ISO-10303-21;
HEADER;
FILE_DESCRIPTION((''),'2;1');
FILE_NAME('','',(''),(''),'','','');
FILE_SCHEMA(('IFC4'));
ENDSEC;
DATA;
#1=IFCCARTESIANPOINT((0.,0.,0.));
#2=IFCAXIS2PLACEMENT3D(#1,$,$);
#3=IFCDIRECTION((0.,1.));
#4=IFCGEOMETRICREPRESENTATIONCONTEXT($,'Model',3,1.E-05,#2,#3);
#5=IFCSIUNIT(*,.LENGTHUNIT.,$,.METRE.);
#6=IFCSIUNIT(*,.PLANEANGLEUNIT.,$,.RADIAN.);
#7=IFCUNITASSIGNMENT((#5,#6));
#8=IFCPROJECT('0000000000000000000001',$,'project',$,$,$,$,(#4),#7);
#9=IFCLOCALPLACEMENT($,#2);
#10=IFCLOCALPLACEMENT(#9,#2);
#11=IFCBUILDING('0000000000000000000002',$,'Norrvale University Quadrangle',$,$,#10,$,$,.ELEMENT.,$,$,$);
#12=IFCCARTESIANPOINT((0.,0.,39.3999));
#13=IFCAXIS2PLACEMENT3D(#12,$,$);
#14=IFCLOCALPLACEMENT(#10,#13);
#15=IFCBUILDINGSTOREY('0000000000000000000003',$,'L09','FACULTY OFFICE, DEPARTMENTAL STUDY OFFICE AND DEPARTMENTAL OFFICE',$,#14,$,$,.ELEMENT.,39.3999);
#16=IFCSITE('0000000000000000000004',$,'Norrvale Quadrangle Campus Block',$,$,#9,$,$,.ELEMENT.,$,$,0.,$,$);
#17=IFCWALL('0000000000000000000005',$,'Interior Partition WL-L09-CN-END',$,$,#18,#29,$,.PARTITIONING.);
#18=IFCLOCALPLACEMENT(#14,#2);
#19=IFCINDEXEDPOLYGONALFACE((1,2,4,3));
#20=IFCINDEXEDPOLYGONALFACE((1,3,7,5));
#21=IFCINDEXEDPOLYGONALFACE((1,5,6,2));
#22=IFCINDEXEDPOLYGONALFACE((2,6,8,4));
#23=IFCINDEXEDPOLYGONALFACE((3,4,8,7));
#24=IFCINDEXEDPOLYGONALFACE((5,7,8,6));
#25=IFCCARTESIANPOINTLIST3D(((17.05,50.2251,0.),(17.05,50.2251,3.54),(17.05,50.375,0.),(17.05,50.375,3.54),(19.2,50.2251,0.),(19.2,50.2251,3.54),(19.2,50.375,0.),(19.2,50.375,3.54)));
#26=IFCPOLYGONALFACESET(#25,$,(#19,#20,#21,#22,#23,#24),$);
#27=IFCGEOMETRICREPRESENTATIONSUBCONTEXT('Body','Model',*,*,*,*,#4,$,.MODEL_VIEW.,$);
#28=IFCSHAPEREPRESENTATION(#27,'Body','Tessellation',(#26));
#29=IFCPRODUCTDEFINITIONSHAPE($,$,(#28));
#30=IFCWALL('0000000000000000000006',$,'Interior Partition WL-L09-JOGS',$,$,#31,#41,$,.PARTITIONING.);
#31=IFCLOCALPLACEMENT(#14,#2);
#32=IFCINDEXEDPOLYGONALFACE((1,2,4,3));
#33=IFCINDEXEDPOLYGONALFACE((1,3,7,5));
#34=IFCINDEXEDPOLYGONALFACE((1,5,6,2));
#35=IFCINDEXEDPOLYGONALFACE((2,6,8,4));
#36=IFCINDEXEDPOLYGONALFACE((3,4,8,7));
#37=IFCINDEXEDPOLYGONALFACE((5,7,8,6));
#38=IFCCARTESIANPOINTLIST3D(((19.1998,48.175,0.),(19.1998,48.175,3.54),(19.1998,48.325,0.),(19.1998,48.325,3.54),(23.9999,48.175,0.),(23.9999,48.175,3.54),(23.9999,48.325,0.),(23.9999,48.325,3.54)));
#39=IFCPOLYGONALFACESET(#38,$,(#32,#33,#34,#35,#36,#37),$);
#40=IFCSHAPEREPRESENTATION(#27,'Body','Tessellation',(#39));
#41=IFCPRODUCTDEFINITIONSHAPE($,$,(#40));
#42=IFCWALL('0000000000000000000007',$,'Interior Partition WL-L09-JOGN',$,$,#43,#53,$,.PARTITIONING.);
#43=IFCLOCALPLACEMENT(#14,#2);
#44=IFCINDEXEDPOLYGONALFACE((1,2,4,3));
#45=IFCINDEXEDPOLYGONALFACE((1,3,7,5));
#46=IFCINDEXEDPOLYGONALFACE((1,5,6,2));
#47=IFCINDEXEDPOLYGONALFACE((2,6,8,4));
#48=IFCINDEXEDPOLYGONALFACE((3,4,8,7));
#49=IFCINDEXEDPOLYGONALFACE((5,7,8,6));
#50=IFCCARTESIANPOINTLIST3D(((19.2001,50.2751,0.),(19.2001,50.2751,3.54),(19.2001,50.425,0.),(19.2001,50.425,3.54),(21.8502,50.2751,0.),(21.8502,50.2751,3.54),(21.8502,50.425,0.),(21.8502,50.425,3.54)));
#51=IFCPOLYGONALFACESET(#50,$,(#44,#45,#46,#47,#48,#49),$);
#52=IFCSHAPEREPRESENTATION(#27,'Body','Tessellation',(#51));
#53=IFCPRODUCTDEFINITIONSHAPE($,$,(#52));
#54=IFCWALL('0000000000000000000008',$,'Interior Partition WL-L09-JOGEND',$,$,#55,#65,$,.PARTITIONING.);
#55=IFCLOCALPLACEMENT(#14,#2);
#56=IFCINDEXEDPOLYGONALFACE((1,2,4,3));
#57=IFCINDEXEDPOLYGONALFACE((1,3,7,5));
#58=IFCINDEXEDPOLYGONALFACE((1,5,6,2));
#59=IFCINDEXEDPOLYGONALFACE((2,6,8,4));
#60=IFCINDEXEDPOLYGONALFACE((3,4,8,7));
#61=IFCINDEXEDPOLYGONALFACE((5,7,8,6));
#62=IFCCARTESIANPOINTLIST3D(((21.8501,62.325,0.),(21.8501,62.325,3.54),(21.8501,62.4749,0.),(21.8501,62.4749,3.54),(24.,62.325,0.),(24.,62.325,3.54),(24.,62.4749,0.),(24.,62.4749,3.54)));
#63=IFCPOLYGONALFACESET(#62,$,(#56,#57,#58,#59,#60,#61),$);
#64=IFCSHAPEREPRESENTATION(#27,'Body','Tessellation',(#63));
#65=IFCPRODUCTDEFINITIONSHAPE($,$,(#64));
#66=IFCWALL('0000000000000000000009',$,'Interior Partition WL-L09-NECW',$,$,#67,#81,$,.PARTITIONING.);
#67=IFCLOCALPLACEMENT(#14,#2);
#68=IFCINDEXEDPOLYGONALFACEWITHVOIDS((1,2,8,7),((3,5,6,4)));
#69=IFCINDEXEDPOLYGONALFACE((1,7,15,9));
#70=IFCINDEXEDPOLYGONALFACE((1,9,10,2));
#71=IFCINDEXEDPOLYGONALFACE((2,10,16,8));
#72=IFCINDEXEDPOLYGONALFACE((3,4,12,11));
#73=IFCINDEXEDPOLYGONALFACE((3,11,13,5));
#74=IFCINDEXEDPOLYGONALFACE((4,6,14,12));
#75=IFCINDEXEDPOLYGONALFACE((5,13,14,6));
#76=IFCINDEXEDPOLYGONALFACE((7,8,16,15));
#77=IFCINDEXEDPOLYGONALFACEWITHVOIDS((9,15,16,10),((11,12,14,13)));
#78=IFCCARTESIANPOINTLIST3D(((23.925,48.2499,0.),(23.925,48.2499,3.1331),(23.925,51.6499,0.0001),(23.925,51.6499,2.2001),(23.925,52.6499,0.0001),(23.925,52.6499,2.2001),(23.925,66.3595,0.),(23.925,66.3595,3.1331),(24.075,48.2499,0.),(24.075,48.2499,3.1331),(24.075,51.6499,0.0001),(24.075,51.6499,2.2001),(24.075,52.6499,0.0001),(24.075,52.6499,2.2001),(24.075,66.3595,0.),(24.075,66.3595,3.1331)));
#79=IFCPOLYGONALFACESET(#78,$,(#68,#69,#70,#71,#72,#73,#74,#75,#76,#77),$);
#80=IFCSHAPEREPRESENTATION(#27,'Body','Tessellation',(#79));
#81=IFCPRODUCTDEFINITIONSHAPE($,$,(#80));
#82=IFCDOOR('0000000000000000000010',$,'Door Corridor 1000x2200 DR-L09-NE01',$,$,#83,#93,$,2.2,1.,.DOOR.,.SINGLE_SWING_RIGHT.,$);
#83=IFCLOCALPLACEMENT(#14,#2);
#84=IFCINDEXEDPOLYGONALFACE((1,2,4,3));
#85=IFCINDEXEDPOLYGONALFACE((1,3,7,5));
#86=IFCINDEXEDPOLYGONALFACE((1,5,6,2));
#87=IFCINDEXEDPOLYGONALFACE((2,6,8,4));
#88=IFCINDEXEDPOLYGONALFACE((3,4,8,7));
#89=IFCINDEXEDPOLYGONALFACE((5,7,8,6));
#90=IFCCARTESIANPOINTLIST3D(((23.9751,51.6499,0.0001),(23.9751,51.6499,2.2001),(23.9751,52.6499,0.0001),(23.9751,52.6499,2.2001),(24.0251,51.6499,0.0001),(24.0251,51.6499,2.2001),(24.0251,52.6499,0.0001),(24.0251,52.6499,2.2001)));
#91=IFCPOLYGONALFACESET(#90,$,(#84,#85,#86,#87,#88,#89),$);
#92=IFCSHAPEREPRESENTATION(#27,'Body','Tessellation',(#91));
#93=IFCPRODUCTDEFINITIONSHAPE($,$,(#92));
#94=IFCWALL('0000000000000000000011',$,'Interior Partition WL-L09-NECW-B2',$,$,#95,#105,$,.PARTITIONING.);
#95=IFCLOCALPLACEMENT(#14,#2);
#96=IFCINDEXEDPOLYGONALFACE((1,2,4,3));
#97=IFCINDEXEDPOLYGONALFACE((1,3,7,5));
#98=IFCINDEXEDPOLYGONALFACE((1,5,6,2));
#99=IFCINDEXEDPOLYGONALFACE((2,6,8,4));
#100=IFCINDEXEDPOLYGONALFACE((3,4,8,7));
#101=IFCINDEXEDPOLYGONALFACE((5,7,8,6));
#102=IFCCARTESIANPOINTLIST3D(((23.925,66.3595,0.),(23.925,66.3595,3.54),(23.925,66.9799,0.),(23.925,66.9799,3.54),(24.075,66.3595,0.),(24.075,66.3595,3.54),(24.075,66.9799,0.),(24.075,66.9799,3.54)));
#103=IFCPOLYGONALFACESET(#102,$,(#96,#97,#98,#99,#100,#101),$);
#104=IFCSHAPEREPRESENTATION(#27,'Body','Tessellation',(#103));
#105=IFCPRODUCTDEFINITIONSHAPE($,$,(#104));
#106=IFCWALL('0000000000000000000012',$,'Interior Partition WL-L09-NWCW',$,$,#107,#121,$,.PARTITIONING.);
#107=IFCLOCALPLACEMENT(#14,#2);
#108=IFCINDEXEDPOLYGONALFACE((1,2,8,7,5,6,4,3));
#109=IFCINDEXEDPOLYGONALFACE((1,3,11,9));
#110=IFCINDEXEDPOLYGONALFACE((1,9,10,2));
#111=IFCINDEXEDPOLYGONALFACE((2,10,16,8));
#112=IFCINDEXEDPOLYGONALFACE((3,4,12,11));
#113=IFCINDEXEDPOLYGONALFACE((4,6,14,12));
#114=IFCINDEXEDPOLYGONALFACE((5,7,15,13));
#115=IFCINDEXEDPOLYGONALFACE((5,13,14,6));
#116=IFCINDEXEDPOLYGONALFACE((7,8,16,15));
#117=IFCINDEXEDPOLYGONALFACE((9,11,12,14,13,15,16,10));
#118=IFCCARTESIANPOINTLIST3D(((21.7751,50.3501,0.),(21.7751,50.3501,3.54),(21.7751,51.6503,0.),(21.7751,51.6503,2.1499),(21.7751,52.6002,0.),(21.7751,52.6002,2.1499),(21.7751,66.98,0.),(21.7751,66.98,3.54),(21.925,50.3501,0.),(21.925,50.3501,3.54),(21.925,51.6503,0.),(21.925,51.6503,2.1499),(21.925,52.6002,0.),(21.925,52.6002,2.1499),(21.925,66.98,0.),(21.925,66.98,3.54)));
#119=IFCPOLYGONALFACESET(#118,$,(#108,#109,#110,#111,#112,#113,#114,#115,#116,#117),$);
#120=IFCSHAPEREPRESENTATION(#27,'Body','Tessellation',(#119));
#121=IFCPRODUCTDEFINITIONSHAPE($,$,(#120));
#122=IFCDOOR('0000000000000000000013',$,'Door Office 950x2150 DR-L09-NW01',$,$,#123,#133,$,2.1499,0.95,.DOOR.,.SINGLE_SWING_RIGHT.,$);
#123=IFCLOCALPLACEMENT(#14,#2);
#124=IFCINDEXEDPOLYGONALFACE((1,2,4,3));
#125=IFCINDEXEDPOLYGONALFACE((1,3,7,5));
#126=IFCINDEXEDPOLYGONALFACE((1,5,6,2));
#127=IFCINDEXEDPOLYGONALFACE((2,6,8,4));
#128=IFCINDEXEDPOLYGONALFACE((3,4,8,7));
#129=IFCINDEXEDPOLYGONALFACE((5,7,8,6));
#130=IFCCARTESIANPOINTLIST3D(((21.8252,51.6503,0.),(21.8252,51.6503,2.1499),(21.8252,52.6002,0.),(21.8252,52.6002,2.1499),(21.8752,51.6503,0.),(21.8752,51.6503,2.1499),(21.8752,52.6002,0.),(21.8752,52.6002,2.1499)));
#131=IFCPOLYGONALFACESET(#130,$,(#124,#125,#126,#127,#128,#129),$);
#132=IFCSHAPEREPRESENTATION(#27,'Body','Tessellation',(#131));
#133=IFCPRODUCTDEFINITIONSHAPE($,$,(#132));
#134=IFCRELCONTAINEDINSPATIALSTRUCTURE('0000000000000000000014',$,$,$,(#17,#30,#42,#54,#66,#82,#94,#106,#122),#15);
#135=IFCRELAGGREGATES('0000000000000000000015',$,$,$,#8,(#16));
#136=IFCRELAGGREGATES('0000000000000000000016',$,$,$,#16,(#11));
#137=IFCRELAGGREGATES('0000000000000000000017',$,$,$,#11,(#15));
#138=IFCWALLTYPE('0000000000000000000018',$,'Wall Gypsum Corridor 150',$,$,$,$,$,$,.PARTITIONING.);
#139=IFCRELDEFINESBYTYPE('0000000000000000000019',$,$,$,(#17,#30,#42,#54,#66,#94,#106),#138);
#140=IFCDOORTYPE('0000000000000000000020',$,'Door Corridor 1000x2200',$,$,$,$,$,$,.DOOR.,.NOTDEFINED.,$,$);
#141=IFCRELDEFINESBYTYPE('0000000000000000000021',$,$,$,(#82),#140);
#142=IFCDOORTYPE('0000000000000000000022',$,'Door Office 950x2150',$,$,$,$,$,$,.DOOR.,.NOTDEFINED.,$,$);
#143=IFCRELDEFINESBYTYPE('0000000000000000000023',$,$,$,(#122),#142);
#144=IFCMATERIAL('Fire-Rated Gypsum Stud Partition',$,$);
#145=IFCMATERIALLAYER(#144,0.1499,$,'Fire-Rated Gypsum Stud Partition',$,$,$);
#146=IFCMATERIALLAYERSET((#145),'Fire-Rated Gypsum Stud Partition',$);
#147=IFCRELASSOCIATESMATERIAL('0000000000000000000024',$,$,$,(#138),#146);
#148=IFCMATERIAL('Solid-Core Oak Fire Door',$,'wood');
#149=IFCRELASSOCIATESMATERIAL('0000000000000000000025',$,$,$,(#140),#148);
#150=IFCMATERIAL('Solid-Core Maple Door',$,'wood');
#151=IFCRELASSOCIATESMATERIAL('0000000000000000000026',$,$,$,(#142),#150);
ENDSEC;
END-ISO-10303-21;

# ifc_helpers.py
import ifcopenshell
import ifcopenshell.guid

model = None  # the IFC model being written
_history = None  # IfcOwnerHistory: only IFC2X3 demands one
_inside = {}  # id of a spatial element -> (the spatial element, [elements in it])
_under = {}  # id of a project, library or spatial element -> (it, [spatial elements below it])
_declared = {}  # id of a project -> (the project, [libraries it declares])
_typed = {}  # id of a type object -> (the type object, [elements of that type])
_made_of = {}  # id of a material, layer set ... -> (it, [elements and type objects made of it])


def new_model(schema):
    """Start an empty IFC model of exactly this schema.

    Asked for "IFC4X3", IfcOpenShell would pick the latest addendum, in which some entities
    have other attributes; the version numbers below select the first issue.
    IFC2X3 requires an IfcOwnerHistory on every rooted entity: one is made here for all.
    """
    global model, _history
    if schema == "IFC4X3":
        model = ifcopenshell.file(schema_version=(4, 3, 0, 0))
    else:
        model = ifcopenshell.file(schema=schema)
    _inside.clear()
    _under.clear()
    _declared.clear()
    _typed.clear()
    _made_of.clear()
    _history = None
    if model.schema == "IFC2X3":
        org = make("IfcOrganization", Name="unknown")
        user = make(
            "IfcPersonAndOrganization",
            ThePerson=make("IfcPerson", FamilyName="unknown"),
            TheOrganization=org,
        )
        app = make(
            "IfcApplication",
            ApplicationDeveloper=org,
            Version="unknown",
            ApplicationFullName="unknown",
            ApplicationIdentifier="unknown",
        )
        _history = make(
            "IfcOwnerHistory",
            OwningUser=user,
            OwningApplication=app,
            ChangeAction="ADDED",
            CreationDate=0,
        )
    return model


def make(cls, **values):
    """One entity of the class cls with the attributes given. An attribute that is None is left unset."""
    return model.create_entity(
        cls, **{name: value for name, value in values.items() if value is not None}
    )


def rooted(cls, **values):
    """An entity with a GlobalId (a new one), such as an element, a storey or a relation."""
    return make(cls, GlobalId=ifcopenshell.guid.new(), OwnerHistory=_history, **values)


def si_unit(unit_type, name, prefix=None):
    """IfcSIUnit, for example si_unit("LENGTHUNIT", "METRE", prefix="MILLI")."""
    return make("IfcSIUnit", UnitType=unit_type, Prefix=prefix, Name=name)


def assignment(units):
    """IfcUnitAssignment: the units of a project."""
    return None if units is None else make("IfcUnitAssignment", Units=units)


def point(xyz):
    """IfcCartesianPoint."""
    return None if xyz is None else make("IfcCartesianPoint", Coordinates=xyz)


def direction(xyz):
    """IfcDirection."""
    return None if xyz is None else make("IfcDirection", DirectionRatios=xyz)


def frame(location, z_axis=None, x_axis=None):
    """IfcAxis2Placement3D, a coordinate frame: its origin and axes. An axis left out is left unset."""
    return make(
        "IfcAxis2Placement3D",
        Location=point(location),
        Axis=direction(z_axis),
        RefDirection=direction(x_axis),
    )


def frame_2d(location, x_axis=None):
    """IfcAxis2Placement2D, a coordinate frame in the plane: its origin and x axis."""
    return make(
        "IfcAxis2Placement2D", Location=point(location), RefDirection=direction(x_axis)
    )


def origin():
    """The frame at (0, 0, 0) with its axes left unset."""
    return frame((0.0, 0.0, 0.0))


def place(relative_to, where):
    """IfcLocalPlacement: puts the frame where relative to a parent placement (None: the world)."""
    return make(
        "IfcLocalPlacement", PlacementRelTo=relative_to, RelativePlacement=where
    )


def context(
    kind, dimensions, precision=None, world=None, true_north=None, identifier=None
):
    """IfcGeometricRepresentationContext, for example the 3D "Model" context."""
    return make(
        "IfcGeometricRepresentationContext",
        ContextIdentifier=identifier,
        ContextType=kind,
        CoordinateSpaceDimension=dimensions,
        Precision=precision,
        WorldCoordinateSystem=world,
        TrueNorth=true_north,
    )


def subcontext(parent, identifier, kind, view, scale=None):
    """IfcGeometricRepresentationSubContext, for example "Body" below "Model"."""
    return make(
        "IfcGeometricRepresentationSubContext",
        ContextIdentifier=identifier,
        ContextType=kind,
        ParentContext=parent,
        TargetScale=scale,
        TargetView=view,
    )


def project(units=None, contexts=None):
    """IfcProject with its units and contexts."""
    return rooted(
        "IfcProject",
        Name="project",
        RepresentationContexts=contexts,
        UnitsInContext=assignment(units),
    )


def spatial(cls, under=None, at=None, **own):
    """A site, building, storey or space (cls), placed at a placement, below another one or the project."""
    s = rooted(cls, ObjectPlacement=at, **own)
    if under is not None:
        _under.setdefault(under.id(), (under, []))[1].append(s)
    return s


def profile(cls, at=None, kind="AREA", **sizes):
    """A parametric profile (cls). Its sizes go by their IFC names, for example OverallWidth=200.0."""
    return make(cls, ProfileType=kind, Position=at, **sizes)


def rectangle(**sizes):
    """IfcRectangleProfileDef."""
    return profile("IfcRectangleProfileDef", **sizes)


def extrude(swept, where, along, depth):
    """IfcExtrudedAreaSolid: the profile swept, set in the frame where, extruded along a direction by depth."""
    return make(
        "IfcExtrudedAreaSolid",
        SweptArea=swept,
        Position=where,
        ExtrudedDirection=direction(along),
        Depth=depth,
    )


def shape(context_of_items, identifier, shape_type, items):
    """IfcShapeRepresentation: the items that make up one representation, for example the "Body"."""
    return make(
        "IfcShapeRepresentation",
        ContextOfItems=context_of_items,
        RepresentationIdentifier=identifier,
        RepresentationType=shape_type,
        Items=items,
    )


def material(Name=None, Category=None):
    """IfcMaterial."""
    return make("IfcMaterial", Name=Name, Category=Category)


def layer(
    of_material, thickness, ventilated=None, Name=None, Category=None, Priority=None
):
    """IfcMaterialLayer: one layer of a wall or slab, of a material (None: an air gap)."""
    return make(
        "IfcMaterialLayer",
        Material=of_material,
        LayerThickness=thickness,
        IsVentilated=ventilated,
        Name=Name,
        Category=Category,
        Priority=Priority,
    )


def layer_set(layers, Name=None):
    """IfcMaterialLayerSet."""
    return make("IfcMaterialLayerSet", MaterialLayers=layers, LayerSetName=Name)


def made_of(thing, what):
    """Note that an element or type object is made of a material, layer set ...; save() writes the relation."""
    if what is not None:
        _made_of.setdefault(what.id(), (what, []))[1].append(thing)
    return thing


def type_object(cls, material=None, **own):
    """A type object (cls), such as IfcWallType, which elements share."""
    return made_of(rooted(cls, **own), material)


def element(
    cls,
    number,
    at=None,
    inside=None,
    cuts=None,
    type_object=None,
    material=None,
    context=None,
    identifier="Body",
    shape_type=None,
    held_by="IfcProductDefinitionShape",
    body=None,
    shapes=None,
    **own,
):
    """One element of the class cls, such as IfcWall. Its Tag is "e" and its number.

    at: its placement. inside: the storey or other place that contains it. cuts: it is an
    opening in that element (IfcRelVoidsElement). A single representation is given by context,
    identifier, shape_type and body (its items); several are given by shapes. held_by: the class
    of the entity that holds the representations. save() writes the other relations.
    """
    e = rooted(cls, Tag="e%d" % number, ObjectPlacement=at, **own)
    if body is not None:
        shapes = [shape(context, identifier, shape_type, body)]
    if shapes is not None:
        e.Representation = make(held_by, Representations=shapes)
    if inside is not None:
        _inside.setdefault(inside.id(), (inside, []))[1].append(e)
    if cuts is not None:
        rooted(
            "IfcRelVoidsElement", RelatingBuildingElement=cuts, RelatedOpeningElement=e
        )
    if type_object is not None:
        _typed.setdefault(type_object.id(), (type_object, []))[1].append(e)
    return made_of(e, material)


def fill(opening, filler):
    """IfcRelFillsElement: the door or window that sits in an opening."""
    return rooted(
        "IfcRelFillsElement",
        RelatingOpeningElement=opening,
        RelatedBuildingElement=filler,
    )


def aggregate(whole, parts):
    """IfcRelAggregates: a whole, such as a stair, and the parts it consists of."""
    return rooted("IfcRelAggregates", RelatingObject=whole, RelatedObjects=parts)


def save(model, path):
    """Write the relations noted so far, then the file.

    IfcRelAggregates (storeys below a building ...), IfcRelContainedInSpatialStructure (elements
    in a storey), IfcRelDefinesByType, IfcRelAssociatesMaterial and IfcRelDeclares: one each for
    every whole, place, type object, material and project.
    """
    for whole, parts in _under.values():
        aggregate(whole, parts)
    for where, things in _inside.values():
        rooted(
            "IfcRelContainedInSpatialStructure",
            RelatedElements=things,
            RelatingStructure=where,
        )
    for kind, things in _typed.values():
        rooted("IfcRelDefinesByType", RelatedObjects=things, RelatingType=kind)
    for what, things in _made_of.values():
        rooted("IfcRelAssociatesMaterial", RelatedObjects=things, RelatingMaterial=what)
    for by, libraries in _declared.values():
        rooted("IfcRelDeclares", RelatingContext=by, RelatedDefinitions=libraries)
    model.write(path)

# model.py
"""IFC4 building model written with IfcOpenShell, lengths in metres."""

from ifc_helpers import new_model, si_unit, direction, frame, frame_2d, origin, place, context, subcontext, project, spatial, rectangle, extrude, material, layer, layer_set, type_object, element, fill, save


model = new_model("IFC4")

# Units and contexts
model_context = context("Model", 3, precision=1e-05, world=origin(), true_north=direction((0.0, 1.0)))
body_context = subcontext(model_context, "Body", "Model", "MODEL_VIEW")
ifc_project = project(units=[si_unit("LENGTHUNIT", "METRE"), si_unit("PLANEANGLEUNIT", "RADIAN")], contexts=[model_context])

# Site, building, storey
site_placement = place(None, origin())
site = spatial("IfcSite", under=ifc_project, at=site_placement, Name="Norrvale Quadrangle Campus Block", CompositionType="ELEMENT", RefElevation=0.0)
building_placement = place(site_placement, origin())
building = spatial("IfcBuilding", under=site, at=building_placement, Name="Norrvale University Quadrangle", CompositionType="ELEMENT")
storey_placement = place(building_placement, frame((0.0, 0.0, 39.3999)))
storey = spatial("IfcBuildingStorey", under=building, at=storey_placement, Name="L09", Description="FACULTY OFFICE, DEPARTMENTAL STUDY OFFICE AND DEPARTMENTAL OFFICE", CompositionType="ELEMENT", Elevation=39.3999)

# Walls
ifc_material_1 = material(Name="Fire-Rated Gypsum Stud Partition")
ifc_layer = layer(ifc_material_1, 0.1499, Name="Fire-Rated Gypsum Stud Partition")
ifc_layer_set = layer_set([ifc_layer], Name="Fire-Rated Gypsum Stud Partition")
wall_type = type_object("IfcWallType", Name="Wall Gypsum Corridor 150", PredefinedType="PARTITIONING", material=ifc_layer_set)
wall_1_placement = place(storey_placement, frame((17.05, 50.3, 0.0), z_axis=(0.0, 0.0, 1.0), x_axis=(1.0, 0.0, 0.0)))
element("IfcWall", 1, at=wall_1_placement, inside=storey, type_object=wall_type, Name="Interior Partition WL-L09-CN-END", PredefinedType="PARTITIONING", context=body_context, shape_type="SweptSolid", body=[
    extrude(rectangle(XDim=2.1499, YDim=0.1499, at=frame_2d((1.075, 0.0))), origin(), (0.0, 0.0, 1.0), 3.54),
])
wall_2_placement = place(storey_placement, frame((19.2, 48.25, 0.0), z_axis=(0.0, 0.0, 1.0), x_axis=(1.0, 0.0, 0.0)))
element("IfcWall", 2, at=wall_2_placement, inside=storey, type_object=wall_type, Name="Interior Partition WL-L09-JOGS", PredefinedType="PARTITIONING", context=body_context, shape_type="SweptSolid", body=[
    extrude(rectangle(XDim=4.8, YDim=0.1499, at=frame_2d((2.3999, 0.0))), origin(), (0.0, 0.0, 1.0), 3.54),
])
wall_3_placement = place(storey_placement, frame((19.2, 50.3501, 0.0), z_axis=(0.0, 0.0, 1.0), x_axis=(1.0, 0.0, 0.0)))
element("IfcWall", 3, at=wall_3_placement, inside=storey, type_object=wall_type, Name="Interior Partition WL-L09-JOGN", PredefinedType="PARTITIONING", context=body_context, shape_type="SweptSolid", body=[
    extrude(rectangle(XDim=2.6501, YDim=0.1499, at=frame_2d((1.3252, 0.0))), origin(), (0.0, 0.0, 1.0), 3.54),
])
wall_4_placement = place(storey_placement, frame((21.8501, 62.3999, 0.0), z_axis=(0.0, 0.0, 1.0), x_axis=(1.0, 0.0, 0.0)))
element("IfcWall", 4, at=wall_4_placement, inside=storey, type_object=wall_type, Name="Interior Partition WL-L09-JOGEND", PredefinedType="PARTITIONING", context=body_context, shape_type="SweptSolid", body=[
    extrude(rectangle(XDim=2.1499, YDim=0.1499, at=frame_2d((1.075, 0.0))), origin(), (0.0, 0.0, 1.0), 3.54),
])

# Wall, opening, door
wall_5_placement = place(storey_placement, frame((24.0, 48.25, 0.0), z_axis=(0.0, 0.0, 1.0), x_axis=(0.0, 1.0, 0.0)))
wall_5 = element("IfcWall", 5, at=wall_5_placement, inside=storey, type_object=wall_type, Name="Interior Partition WL-L09-NECW", PredefinedType="PARTITIONING", context=body_context, shape_type="SweptSolid", body=[
    extrude(rectangle(XDim=18.1096, YDim=0.1499, at=frame_2d((9.0547, 0.0))), origin(), (0.0, 0.0, 1.0), 3.1331),
])
opening_1_placement = place(wall_5_placement, frame((3.3999, 0.0, 0.0)))
opening_1 = element("IfcOpeningElement", 6, at=opening_1_placement, cuts=wall_5, PredefinedType="OPENING", context=body_context, shape_type="SweptSolid", body=[
    extrude(rectangle(XDim=1.0, YDim=2.2, at=frame_2d((0.5, 1.1001))), frame((0.0, 0.0869, 0.0), z_axis=(0.0, -1.0, 0.0), x_axis=(1.0, 0.0, 0.0)), (0.0, 0.0, 1.0), 0.1738),
])
ifc_material_2 = material(Name="Solid-Core Oak Fire Door", Category="wood")
door_type_1 = type_object("IfcDoorType", Name="Door Corridor 1000x2200", OperationType="NOTDEFINED", PredefinedType="DOOR", material=ifc_material_2)
door_1_placement = place(opening_1_placement, origin())
door_1 = element("IfcDoor", 7, at=door_1_placement, inside=storey, type_object=door_type_1, Name="Door Corridor 1000x2200 DR-L09-NE01", OperationType="SINGLE_SWING_RIGHT", OverallHeight=2.2, OverallWidth=1.0, PredefinedType="DOOR", context=body_context, shape_type="SweptSolid", body=[
    extrude(rectangle(XDim=1.0, YDim=2.2, at=frame_2d((0.5, 1.1001))), frame((0.0, 0.0249, 0.0), z_axis=(0.0, -1.0, 0.0), x_axis=(1.0, 0.0, 0.0)), (0.0, 0.0, 1.0), 0.05),
])
fill(opening_1, door_1)

# Wall
wall_6_placement = place(storey_placement, frame((24.0, 66.3596, 0.0), z_axis=(0.0, 0.0, 1.0), x_axis=(0.0, 1.0, 0.0)))
element("IfcWall", 8, at=wall_6_placement, inside=storey, type_object=wall_type, Name="Interior Partition WL-L09-NECW-B2", PredefinedType="PARTITIONING", context=body_context, shape_type="SweptSolid", body=[
    extrude(rectangle(XDim=0.6204, YDim=0.1499, at=frame_2d((0.3101, 0.0))), origin(), (0.0, 0.0, 1.0), 3.54),
])

# Wall, opening, door
wall_7_placement = place(storey_placement, frame((21.8501, 50.3501, 0.0), z_axis=(0.0, 0.0, 1.0), x_axis=(0.0, 1.0, 0.0)))
wall_7 = element("IfcWall", 9, at=wall_7_placement, inside=storey, type_object=wall_type, Name="Interior Partition WL-L09-NWCW", PredefinedType="PARTITIONING", context=body_context, shape_type="SweptSolid", body=[
    extrude(rectangle(XDim=16.6299, YDim=0.1499, at=frame_2d((8.3149, 0.0))), origin(), (0.0, 0.0, 1.0), 3.54),
])
opening_2_placement = place(wall_7_placement, frame((1.3, 0.0, 0.0)))
opening_2 = element("IfcOpeningElement", 10, at=opening_2_placement, cuts=wall_7, PredefinedType="OPENING", context=body_context, shape_type="SweptSolid", body=[
    extrude(rectangle(XDim=0.95, YDim=2.1499, at=frame_2d((0.4751, 1.075))), frame((0.0, 0.0869, 0.0), z_axis=(0.0, -1.0, 0.0), x_axis=(1.0, 0.0, 0.0)), (0.0, 0.0, 1.0), 0.1738),
])
ifc_material_3 = material(Name="Solid-Core Maple Door", Category="wood")
door_type_2 = type_object("IfcDoorType", Name="Door Office 950x2150", OperationType="NOTDEFINED", PredefinedType="DOOR", material=ifc_material_3)
door_2_placement = place(opening_2_placement, origin())
door_2 = element("IfcDoor", 11, at=door_2_placement, inside=storey, type_object=door_type_2, Name="Door Office 950x2150 DR-L09-NW01", OperationType="SINGLE_SWING_RIGHT", OverallHeight=2.1499, OverallWidth=0.95, PredefinedType="DOOR", context=body_context, shape_type="SweptSolid", body=[
    extrude(rectangle(XDim=0.95, YDim=2.1499, at=frame_2d((0.4751, 1.075))), frame((0.0, 0.0249, 0.0), z_axis=(0.0, -1.0, 0.0), x_axis=(1.0, 0.0, 0.0)), (0.0, 0.0, 1.0), 0.05),
])
fill(opening_2, door_2)

save(model, "model.ifc")
